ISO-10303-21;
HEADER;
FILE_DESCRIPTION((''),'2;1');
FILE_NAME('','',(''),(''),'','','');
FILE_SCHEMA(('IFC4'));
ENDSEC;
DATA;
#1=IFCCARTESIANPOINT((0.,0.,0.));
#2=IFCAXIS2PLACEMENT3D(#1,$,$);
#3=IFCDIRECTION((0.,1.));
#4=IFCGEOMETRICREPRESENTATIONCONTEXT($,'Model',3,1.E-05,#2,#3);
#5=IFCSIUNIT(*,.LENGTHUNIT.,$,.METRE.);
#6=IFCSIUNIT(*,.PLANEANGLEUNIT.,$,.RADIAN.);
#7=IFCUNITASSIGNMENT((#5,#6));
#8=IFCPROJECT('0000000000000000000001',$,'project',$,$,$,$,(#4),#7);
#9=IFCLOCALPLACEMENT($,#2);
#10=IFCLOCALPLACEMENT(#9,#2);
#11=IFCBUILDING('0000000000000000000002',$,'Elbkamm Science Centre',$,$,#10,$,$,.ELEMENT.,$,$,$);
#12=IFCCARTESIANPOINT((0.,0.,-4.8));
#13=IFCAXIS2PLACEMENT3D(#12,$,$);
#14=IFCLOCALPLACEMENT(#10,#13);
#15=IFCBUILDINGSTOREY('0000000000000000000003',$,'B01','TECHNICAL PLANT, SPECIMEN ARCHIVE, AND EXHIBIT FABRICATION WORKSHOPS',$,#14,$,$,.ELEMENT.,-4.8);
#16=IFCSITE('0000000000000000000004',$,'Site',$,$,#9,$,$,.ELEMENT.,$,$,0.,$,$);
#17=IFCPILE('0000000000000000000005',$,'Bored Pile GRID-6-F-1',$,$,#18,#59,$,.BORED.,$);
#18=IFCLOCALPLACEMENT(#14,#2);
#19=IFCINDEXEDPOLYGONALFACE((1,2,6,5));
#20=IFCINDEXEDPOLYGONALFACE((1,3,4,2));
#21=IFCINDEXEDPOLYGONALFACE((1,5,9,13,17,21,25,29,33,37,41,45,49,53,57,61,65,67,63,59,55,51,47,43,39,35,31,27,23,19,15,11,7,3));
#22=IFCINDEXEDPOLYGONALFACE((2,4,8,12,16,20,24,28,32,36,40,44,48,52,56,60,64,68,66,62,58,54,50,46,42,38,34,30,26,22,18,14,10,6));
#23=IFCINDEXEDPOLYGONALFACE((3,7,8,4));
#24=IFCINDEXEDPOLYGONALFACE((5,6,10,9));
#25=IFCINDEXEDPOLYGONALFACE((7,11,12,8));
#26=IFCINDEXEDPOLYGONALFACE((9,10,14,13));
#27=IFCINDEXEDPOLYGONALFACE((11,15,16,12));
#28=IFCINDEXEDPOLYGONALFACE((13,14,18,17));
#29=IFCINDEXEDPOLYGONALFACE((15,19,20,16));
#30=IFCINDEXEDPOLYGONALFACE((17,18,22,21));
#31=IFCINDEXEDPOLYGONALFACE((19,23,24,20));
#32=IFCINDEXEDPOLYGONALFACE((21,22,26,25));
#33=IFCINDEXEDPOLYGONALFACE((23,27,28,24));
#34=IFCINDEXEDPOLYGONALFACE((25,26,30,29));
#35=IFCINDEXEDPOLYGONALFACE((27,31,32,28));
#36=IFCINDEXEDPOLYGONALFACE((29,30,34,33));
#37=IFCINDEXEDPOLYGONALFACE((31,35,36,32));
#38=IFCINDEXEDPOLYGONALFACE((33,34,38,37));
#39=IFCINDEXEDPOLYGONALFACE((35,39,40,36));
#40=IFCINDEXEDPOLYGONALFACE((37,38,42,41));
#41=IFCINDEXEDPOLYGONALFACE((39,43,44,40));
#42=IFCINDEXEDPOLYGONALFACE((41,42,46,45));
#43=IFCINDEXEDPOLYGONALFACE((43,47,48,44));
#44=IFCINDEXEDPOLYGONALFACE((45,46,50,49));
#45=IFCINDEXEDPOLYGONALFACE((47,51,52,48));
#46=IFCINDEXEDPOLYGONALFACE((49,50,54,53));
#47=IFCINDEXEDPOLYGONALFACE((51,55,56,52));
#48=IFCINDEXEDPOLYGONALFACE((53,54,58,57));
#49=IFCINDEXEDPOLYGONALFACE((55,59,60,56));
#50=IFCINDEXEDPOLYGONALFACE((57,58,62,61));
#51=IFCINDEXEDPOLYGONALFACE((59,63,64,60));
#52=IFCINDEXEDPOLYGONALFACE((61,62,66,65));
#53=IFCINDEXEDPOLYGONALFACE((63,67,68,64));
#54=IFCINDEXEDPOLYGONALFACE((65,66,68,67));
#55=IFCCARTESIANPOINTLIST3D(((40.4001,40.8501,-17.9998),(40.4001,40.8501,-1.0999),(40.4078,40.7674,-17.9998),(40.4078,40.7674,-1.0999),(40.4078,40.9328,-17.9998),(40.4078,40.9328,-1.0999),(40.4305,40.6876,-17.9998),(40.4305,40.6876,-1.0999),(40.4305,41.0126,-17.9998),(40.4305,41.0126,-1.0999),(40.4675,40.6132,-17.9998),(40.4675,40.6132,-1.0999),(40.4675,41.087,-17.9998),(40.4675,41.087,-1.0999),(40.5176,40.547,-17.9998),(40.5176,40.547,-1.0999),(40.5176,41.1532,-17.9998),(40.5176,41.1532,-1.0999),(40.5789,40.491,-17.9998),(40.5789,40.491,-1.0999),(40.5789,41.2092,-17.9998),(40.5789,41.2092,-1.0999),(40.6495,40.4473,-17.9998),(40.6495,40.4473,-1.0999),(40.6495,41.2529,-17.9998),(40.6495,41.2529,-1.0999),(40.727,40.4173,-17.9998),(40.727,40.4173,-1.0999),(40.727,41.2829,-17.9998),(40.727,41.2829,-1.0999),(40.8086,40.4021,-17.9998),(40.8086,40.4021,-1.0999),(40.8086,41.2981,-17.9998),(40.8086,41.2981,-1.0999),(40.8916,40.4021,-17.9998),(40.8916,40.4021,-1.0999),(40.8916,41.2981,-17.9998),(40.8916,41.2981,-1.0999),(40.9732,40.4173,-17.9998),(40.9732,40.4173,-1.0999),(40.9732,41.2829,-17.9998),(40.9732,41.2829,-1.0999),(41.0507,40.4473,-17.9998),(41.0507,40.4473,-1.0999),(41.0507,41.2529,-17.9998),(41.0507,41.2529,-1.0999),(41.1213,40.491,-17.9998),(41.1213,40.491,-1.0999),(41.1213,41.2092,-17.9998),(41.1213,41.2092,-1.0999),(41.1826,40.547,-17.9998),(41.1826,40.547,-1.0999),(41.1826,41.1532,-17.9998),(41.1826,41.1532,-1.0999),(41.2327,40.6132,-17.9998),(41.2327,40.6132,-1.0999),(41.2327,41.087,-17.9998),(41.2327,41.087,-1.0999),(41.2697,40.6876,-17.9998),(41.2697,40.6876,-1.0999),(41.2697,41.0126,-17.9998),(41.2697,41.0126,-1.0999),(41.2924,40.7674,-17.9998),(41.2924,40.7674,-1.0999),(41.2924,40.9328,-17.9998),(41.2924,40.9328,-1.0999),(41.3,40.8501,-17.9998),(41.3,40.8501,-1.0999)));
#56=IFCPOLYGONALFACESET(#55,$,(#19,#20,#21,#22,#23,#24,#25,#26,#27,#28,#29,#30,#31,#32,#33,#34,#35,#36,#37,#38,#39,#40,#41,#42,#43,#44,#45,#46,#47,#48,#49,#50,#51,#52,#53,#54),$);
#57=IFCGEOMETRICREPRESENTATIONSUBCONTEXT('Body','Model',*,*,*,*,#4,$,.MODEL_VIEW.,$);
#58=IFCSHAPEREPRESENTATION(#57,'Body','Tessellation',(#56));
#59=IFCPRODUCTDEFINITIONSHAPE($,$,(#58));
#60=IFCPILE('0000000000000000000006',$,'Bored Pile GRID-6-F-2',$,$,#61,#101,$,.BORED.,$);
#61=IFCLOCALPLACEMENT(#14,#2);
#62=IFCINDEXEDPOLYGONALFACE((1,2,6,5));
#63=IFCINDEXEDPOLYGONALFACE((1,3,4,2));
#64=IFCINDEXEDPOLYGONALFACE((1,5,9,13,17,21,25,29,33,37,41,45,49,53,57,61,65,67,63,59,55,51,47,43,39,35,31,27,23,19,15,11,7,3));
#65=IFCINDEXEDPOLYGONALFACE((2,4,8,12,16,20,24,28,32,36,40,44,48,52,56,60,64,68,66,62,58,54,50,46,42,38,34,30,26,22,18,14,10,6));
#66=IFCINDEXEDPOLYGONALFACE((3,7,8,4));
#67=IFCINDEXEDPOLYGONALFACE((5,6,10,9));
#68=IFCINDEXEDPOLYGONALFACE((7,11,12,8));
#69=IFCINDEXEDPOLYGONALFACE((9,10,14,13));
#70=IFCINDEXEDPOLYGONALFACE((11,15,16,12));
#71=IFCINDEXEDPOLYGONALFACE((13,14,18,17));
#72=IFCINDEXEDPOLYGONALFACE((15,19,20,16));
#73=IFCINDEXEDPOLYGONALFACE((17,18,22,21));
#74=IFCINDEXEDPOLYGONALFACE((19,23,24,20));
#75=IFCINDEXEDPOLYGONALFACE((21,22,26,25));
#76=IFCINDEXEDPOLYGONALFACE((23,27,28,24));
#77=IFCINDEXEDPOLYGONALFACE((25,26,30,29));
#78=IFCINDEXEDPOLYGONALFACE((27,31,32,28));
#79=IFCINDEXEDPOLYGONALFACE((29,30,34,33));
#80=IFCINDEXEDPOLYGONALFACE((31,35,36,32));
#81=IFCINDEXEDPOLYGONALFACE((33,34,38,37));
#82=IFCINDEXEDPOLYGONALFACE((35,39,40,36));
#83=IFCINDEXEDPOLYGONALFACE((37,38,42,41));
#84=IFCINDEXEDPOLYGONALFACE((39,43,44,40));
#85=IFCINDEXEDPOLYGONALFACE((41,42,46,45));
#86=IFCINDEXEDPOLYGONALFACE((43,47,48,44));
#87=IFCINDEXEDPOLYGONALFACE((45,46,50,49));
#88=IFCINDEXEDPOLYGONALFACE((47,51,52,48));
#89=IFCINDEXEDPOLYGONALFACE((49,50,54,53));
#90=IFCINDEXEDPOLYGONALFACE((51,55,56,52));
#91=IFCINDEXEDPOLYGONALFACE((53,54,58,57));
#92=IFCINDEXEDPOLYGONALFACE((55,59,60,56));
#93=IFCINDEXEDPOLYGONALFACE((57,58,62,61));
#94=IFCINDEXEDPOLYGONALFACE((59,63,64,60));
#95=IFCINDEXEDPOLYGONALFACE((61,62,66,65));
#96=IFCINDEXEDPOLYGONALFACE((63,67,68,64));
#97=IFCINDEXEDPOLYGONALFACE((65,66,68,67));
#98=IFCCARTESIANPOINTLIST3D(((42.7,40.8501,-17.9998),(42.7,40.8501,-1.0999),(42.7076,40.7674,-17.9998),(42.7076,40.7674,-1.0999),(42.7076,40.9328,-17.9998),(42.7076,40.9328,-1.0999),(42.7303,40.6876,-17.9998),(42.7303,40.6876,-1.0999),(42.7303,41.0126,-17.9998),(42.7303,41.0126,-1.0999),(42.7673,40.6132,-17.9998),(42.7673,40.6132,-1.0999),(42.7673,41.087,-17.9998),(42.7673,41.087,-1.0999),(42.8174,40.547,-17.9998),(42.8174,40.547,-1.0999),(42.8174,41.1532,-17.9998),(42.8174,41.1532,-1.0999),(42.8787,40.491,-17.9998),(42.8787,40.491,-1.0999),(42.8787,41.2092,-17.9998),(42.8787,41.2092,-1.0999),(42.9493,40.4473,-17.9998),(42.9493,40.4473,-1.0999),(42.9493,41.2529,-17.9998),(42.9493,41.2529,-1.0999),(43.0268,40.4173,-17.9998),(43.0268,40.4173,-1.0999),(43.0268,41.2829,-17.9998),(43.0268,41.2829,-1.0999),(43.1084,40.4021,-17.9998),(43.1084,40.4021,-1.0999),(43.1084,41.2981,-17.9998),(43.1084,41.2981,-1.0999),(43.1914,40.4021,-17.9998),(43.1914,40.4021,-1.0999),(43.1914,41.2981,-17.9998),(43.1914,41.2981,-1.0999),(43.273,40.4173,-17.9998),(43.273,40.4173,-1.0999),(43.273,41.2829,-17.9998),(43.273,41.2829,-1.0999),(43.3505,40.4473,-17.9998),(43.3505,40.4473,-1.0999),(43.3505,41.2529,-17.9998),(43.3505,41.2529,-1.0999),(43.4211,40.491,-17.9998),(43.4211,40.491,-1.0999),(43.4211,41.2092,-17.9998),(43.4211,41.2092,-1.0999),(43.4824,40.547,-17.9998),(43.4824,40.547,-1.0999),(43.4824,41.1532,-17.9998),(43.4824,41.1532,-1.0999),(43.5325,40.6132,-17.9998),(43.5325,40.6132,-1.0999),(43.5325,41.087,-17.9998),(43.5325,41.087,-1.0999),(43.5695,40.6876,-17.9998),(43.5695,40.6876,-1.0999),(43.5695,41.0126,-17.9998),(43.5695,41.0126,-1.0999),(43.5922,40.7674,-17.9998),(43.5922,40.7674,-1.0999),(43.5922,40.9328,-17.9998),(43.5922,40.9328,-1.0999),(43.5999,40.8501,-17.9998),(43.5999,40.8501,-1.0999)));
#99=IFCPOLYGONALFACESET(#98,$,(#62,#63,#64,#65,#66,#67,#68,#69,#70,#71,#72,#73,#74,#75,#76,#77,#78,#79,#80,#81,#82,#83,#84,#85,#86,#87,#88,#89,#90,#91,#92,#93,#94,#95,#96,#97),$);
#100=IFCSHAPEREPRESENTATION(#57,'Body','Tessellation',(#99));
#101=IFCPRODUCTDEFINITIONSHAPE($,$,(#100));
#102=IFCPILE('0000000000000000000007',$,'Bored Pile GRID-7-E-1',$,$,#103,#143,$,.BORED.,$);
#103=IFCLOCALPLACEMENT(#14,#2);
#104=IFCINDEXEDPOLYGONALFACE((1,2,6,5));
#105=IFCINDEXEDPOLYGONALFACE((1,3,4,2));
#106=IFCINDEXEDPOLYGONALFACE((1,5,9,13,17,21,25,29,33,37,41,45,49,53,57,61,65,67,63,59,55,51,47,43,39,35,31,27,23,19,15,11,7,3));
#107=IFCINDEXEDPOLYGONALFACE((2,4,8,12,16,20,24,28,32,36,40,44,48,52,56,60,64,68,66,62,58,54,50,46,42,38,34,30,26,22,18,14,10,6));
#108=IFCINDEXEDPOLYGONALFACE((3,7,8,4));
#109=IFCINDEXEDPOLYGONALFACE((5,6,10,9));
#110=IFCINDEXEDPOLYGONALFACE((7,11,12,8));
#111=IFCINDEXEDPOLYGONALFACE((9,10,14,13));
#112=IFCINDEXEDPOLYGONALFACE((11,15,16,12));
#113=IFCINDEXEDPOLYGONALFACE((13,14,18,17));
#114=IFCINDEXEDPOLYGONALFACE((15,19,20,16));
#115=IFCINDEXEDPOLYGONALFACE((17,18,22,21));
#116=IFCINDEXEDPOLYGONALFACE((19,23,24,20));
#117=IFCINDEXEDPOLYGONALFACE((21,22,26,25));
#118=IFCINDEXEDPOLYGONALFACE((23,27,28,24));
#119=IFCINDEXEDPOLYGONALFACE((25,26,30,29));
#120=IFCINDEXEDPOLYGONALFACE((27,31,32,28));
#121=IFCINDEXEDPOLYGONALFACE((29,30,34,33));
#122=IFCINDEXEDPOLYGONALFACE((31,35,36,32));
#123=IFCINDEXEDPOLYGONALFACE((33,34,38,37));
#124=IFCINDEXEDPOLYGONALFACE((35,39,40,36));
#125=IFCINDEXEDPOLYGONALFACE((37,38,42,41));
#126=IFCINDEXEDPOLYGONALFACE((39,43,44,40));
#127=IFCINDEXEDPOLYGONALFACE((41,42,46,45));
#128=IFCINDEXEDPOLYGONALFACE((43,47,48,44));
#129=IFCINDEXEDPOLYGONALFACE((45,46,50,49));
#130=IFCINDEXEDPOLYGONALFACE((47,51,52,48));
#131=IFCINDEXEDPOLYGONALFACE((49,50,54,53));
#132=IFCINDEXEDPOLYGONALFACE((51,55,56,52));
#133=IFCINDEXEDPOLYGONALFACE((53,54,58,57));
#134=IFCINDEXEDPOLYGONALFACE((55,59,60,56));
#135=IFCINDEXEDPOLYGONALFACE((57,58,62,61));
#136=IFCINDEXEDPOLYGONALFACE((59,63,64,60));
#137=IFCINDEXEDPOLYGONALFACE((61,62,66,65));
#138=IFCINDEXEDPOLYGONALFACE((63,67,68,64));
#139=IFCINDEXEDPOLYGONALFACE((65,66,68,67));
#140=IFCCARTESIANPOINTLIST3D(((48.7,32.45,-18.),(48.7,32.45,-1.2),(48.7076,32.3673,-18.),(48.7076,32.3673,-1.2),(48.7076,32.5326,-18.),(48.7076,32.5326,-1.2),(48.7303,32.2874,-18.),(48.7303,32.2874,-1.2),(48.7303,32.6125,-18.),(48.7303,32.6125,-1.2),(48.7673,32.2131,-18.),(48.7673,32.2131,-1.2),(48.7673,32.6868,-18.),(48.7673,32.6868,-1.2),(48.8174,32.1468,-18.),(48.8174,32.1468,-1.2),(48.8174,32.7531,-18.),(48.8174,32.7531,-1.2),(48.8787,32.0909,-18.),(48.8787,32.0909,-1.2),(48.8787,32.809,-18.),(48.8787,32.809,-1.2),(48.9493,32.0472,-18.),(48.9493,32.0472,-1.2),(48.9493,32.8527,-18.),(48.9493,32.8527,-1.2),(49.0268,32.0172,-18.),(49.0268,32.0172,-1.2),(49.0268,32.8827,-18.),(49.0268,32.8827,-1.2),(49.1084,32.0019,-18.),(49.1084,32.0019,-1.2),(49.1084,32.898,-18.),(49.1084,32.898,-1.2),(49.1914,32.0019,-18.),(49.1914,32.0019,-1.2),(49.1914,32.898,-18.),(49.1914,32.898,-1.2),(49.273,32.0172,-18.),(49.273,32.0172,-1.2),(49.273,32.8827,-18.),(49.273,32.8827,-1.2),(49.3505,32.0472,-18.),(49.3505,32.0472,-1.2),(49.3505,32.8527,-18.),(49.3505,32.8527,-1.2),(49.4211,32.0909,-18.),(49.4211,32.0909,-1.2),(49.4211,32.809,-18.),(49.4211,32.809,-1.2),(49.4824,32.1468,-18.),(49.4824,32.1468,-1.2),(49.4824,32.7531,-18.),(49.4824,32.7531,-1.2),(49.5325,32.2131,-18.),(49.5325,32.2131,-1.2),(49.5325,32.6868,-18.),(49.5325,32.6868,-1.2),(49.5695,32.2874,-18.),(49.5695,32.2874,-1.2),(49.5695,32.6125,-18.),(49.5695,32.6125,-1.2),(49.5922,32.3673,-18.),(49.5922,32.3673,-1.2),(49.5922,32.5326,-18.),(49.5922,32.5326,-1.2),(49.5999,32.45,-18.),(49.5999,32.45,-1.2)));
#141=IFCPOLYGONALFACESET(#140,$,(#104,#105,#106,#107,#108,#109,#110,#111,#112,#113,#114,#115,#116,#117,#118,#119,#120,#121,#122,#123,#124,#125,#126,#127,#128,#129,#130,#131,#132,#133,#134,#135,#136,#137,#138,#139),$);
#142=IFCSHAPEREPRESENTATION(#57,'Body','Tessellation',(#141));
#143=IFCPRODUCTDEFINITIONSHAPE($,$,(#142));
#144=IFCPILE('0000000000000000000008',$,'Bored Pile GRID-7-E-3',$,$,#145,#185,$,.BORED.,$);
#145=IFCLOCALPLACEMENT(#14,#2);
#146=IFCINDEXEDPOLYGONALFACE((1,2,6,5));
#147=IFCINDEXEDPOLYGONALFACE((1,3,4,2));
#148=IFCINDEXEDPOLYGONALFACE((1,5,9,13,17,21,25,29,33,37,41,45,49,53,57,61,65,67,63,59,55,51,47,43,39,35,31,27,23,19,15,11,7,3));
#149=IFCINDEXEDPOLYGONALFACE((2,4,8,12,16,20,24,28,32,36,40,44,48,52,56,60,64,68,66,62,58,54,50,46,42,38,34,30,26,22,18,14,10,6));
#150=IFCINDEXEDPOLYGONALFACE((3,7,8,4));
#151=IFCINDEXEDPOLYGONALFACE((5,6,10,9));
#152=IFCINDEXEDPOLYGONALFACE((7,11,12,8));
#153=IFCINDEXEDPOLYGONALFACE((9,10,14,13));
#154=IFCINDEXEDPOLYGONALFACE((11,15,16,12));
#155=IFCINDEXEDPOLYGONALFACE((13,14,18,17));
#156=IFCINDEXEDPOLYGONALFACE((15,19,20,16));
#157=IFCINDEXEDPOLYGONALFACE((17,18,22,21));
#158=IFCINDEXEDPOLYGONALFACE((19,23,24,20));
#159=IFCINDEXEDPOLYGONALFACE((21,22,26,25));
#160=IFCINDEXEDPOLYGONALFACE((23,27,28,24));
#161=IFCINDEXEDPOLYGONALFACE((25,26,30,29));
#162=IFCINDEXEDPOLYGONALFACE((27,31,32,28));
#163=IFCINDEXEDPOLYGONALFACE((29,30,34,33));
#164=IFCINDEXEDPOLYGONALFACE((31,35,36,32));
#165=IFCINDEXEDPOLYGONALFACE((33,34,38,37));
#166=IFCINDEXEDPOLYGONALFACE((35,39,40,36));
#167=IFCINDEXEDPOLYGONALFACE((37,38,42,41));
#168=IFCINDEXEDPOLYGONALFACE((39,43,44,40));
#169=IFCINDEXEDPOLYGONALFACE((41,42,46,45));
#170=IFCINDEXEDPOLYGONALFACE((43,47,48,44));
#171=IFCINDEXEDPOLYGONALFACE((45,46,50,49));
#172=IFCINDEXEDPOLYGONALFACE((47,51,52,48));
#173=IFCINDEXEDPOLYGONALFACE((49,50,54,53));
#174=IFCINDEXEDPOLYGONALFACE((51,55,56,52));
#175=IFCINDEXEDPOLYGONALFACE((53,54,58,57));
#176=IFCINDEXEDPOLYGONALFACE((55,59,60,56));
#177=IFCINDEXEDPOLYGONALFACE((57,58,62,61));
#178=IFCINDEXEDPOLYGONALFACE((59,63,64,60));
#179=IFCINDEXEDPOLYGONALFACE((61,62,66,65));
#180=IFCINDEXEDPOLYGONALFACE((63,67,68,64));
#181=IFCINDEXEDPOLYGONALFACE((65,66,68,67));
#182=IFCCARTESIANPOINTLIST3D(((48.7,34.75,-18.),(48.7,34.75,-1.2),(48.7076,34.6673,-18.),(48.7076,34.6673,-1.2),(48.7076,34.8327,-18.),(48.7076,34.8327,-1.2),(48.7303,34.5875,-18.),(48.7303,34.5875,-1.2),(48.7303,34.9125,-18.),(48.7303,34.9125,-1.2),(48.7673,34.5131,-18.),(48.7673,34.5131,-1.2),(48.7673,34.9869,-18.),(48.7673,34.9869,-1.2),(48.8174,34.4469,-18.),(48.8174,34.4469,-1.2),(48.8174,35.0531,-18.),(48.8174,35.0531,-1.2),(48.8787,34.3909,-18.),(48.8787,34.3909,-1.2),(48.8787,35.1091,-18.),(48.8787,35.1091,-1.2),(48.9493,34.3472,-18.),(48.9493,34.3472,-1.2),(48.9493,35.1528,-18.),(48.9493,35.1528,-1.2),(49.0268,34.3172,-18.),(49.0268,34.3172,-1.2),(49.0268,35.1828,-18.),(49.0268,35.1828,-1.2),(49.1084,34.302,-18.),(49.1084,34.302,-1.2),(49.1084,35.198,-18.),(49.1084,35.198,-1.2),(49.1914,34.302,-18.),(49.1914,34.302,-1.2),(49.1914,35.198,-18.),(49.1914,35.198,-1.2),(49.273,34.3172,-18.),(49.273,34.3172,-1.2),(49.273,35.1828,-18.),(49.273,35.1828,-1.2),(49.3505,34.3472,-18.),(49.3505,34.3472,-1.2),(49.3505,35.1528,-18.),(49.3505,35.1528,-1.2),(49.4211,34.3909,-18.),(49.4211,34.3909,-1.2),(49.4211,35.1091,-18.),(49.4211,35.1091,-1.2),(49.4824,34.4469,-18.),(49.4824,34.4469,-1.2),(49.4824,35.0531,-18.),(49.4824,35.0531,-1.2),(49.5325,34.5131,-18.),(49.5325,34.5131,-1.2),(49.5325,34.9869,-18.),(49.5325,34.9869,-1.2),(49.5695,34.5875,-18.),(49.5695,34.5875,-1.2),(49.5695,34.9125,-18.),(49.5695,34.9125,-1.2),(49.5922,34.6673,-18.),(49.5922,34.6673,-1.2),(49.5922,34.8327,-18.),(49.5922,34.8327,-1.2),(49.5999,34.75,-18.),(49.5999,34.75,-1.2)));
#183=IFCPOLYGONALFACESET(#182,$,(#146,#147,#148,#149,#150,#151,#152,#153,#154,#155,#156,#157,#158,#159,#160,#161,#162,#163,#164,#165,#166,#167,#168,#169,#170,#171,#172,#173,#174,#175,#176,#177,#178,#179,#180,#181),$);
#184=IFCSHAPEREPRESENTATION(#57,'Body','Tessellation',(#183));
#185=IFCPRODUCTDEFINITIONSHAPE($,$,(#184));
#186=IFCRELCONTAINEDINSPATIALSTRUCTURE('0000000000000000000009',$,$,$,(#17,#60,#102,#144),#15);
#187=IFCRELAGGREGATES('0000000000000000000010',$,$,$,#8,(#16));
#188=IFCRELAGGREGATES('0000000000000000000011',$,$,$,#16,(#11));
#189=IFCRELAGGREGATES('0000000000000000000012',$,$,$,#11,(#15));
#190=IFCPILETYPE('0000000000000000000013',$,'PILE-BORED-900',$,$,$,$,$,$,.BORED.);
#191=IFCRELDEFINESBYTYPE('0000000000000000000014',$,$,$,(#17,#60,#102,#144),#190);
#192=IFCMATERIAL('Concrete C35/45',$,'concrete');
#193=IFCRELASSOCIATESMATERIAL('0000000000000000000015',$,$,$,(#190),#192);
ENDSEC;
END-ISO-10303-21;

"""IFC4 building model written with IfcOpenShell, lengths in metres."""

from ifc_helpers import new_model, si_unit, direction, frame, origin, origin_2d, place, context, subcontext, project, spatial, circle, extrude, material, material_profile, profile_set, type_object, element, save


model = new_model("IFC4")

# Units and contexts
model_context = context("Model", 3, precision=1e-05, world=origin(), true_north=direction((0.0, 1.0)))
body_context = subcontext(model_context, "Body", "Model", "MODEL_VIEW")
ifc_project = project(units=[si_unit("LENGTHUNIT", "METRE"), si_unit("PLANEANGLEUNIT", "RADIAN")], contexts=[model_context])

# Site, building, storey
site_placement = place(None, origin())
site = spatial("IfcSite", under=ifc_project, at=site_placement, Name="Site", CompositionType="ELEMENT", RefElevation=0.0)
building_placement = place(site_placement, origin())
building = spatial("IfcBuilding", under=site, at=building_placement, Name="Elbkamm Science Centre", CompositionType="ELEMENT")
storey_placement = place(building_placement, frame((0.0, 0.0, -4.8)))
storey = spatial("IfcBuildingStorey", under=building, at=storey_placement, Name="B01", Description="TECHNICAL PLANT, SPECIMEN ARCHIVE, AND EXHIBIT FABRICATION WORKSHOPS", CompositionType="ELEMENT", Elevation=-4.8)

# Shared definitions
ifc_material_1 = material(Name="Concrete C35/45", Category="concrete")

# Piles
ifc_material_profile_1 = material_profile(ifc_material_1, circle(Radius=0.45, at=origin_2d()), Name="PILE D900")
ifc_profile_set_1 = profile_set([ifc_material_profile_1], Name="Concrete C35/45")
pile_type = type_object("IfcPileType", Name="PILE-BORED-900", PredefinedType="BORED", material=ifc_profile_set_1)
for number, where, z_axis, x_axis, name in (
    (1, (40.8501, 40.8501, -1.0999), (0.0, 0.0, -1.0), (1.0, 0.0, 0.0), "Bored Pile GRID-6-F-1"),
    (2, (43.1499, 40.8501, -1.0999), (0.0, 0.0, -1.0), (1.0, 0.0, 0.0), "Bored Pile GRID-6-F-2"),
):
    element("IfcPile", number, at=place(storey_placement, frame(where, z_axis=z_axis, x_axis=x_axis)), inside=storey, type_object=pile_type, Name=name, PredefinedType="BORED", context=body_context, shape_type="SweptSolid", body=[
        extrude(circle(Radius=0.45, at=origin_2d()), origin(), (0.0, 0.0, 1.0), 16.8999),
    ])
for number, where, z_axis, x_axis, name in (
    (3, (49.1499, 32.45, -1.2), (0.0, 0.0, -1.0), (1.0, 0.0, 0.0), "Bored Pile GRID-7-E-1"),
    (4, (49.1499, 34.75, -1.2), (0.0, 0.0, -1.0), (1.0, 0.0, 0.0), "Bored Pile GRID-7-E-3"),
):
    element("IfcPile", number, at=place(storey_placement, frame(where, z_axis=z_axis, x_axis=x_axis)), inside=storey, type_object=pile_type, Name=name, PredefinedType="BORED", context=body_context, shape_type="SweptSolid", body=[
        extrude(circle(Radius=0.45, at=origin_2d()), origin(), (0.0, 0.0, 1.0), 16.8),
    ])

save(model, "model.ifc")
